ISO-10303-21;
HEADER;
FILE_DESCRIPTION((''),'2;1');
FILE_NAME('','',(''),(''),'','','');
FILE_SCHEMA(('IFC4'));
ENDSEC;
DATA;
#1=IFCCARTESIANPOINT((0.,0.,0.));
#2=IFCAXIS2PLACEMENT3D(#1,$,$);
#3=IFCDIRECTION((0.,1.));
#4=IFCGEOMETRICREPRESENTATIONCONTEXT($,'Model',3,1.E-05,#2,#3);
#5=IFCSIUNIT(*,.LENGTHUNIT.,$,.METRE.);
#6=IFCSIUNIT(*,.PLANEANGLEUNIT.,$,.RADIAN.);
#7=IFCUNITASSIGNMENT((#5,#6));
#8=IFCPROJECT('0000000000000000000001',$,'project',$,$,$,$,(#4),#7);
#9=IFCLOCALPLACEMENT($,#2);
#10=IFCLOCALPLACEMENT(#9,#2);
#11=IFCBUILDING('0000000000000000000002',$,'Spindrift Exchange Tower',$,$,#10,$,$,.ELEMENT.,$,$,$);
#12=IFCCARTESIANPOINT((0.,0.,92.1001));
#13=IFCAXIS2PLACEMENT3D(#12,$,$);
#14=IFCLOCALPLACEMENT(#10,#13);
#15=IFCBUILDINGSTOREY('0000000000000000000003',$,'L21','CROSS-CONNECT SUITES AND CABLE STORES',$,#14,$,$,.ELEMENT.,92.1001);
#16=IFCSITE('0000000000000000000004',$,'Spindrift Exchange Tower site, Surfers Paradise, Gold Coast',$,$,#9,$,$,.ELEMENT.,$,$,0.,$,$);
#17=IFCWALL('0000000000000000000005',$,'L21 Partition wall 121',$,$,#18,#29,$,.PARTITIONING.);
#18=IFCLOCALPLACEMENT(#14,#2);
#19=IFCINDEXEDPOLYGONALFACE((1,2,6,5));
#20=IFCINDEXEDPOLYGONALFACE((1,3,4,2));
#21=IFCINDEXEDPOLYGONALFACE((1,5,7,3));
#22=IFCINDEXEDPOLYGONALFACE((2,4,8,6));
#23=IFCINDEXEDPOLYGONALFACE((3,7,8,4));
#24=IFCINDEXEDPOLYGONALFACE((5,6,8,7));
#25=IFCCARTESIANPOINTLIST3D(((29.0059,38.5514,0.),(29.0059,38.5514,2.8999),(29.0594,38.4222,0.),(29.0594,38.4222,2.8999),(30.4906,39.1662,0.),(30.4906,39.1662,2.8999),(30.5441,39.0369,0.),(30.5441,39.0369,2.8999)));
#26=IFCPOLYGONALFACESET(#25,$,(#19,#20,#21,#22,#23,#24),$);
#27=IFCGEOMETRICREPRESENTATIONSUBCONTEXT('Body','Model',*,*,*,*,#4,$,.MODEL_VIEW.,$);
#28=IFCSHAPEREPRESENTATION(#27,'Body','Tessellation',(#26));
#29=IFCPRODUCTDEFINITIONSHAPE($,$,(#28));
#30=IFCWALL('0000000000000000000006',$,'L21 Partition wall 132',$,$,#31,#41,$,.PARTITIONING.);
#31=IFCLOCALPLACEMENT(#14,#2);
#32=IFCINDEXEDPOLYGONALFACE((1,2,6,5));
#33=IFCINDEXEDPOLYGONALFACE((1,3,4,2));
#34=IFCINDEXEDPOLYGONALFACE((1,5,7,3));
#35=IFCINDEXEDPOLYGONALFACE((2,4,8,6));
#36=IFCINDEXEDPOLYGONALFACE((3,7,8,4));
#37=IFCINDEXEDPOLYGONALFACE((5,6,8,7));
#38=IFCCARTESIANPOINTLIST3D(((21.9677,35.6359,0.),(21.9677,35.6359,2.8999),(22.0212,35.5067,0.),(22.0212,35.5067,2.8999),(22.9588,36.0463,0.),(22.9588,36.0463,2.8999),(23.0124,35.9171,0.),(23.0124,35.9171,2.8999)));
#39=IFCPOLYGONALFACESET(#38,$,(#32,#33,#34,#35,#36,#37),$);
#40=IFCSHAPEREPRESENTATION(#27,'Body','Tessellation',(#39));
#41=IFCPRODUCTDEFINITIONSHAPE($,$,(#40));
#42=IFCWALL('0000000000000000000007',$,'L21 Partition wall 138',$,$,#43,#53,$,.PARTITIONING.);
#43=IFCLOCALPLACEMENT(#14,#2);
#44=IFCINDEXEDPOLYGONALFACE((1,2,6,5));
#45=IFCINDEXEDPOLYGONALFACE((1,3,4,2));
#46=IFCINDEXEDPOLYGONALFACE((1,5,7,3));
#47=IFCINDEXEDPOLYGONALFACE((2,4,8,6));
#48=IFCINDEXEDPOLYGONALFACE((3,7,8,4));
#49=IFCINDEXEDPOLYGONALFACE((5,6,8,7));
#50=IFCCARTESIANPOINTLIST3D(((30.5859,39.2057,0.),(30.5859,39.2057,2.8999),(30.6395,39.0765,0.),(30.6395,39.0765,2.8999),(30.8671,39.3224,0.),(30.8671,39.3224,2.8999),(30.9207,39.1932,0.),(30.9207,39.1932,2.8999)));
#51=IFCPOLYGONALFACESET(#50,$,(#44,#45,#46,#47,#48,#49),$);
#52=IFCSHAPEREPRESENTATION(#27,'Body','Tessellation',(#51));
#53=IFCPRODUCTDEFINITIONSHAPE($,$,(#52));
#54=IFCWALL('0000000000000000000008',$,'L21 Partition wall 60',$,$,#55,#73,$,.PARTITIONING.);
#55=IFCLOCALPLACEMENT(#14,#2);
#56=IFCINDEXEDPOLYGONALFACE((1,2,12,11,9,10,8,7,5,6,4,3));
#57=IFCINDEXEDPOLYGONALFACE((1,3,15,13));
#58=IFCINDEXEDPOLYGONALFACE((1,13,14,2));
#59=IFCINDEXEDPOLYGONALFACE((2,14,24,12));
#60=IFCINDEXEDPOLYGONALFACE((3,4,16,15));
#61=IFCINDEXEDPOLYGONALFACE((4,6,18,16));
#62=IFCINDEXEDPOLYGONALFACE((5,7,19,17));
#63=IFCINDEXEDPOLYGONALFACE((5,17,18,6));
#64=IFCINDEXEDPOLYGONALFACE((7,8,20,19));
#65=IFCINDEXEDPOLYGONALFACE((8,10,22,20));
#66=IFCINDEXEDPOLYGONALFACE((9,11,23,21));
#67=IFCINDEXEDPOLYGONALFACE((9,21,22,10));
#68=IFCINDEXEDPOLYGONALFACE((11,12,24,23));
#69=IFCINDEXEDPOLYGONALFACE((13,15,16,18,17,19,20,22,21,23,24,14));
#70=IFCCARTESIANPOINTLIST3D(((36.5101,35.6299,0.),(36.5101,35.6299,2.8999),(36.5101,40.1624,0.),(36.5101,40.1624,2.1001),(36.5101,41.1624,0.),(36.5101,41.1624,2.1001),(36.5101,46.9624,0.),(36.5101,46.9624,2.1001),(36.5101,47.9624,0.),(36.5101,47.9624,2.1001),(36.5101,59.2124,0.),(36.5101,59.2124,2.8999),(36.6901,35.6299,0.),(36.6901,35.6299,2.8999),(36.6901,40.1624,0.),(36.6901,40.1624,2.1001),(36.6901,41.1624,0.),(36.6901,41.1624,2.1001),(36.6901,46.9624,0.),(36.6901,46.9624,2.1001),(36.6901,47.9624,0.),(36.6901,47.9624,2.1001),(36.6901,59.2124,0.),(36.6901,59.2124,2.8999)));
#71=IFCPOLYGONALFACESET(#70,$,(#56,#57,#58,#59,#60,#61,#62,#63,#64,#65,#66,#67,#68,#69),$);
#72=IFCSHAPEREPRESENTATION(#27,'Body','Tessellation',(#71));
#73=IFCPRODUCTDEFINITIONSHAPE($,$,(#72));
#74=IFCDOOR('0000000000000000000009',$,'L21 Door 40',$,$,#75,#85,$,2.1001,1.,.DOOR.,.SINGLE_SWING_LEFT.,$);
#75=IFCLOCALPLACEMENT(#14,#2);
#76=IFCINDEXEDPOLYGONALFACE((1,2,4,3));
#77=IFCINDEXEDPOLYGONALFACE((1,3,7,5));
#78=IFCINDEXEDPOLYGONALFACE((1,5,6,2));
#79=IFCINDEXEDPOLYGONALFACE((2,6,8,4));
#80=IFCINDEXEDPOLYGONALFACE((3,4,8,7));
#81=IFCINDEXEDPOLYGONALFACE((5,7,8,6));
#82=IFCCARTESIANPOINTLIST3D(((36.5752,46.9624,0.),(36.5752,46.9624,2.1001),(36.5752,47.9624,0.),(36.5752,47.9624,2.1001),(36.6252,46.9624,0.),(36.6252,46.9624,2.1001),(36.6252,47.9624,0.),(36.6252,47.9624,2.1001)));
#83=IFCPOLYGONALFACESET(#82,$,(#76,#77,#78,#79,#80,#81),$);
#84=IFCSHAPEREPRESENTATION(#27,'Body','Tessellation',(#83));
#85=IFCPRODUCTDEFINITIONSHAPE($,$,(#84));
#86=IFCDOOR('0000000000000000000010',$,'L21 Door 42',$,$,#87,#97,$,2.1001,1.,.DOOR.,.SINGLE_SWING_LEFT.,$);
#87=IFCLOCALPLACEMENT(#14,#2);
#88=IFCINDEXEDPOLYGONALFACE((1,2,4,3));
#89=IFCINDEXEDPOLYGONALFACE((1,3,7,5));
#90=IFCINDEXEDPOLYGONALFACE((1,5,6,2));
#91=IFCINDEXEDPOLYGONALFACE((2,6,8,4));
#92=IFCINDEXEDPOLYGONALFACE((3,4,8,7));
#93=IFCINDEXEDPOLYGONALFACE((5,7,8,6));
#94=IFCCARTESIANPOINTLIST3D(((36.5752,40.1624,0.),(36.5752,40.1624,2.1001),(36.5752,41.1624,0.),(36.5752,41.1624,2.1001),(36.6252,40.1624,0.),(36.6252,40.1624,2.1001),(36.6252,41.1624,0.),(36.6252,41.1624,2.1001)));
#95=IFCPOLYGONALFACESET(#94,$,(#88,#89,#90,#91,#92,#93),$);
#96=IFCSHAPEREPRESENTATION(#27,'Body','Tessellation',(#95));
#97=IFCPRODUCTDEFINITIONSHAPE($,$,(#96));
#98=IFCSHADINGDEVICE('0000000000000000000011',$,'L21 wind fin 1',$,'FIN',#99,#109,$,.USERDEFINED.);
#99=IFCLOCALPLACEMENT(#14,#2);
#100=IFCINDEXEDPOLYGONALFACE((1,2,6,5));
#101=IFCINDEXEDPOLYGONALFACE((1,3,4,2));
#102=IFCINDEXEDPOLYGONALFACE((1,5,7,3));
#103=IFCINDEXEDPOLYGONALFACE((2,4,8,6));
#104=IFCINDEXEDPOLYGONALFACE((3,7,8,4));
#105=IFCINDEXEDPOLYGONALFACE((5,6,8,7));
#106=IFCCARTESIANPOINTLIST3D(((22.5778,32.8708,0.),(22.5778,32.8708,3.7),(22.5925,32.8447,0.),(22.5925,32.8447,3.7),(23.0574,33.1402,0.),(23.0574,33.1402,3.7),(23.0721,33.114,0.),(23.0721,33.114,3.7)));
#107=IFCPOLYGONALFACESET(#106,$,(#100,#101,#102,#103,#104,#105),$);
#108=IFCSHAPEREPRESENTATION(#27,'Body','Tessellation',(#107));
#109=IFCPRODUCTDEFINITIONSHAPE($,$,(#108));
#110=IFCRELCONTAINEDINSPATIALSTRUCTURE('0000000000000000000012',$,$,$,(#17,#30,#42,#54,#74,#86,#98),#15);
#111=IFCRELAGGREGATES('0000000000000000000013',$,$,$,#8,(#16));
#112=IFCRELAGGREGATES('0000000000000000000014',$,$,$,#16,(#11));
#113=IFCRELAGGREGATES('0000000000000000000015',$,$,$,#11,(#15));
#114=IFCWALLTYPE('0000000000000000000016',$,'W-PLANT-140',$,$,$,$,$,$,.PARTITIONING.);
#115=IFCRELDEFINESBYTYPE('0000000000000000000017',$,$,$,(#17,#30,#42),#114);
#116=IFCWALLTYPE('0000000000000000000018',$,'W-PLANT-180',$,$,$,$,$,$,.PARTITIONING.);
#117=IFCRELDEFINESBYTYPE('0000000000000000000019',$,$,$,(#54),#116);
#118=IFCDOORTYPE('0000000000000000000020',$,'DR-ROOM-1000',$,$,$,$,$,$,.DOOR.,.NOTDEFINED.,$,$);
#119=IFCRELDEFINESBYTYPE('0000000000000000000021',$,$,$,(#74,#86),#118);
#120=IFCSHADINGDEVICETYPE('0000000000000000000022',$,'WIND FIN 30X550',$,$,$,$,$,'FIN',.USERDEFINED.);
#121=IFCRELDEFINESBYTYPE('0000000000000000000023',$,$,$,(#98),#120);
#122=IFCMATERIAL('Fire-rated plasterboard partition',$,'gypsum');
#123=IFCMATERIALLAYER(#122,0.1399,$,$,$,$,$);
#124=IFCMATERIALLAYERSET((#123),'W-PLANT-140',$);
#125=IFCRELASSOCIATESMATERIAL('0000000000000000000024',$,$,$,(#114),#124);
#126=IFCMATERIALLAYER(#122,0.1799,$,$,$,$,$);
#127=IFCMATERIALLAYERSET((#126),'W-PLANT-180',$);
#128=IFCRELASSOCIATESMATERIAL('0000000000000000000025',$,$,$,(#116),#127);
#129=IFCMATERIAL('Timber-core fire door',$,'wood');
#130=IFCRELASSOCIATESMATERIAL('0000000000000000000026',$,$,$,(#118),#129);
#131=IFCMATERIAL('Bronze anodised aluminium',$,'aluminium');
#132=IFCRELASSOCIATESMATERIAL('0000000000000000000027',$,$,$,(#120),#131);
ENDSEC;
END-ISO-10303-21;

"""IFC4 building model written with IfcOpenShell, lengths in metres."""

from ifc_helpers import new_model, si_unit, direction, frame, frame_2d, origin, origin_2d, place, context, subcontext, project, spatial, rectangle, extrude, source, transform, mapped, material, layer, layer_set, material_profile, profile_set, type_object, element, fill, save


model = new_model("IFC4")

# Units and contexts
model_context = context("Model", 3, precision=1e-05, world=origin(), true_north=direction((0.0, 1.0)))
body_context = subcontext(model_context, "Body", "Model", "MODEL_VIEW")
ifc_project = project(units=[si_unit("LENGTHUNIT", "METRE"), si_unit("PLANEANGLEUNIT", "RADIAN")], contexts=[model_context])

# Site, building, storey
site_placement = place(None, origin())
site = spatial("IfcSite", under=ifc_project, at=site_placement, Name="Spindrift Exchange Tower site, Surfers Paradise, Gold Coast", CompositionType="ELEMENT", RefElevation=0.0)
building_placement = place(site_placement, origin())
building = spatial("IfcBuilding", under=site, at=building_placement, Name="Spindrift Exchange Tower", CompositionType="ELEMENT")
storey_placement = place(building_placement, frame((0.0, 0.0, 92.1001)))
storey = spatial("IfcBuildingStorey", under=building, at=storey_placement, Name="L21", Description="CROSS-CONNECT SUITES AND CABLE STORES", CompositionType="ELEMENT", Elevation=92.1001)

# Shared definitions
ifc_material_1 = material(Name="Bronze anodised aluminium", Category="aluminium")

# Walls
ifc_material_2 = material(Name="Fire-rated plasterboard partition", Category="gypsum")
ifc_layer_1 = layer(ifc_material_2, 0.1399)
ifc_layer_set_1 = layer_set([ifc_layer_1], Name="W-PLANT-140")
wall_type_1 = type_object("IfcWallType", Name="W-PLANT-140", PredefinedType="PARTITIONING", material=ifc_layer_set_1)
wall_1_placement = place(storey_placement, frame((30.5173, 39.1016, 0.0), z_axis=(0.0, 0.0, 1.0), x_axis=(-0.923924, -0.382575, 0.0)))
element("IfcWall", 1, at=wall_1_placement, inside=storey, type_object=wall_type_1, Name="L21 Partition wall 121", PredefinedType="PARTITIONING", context=body_context, shape_type="SweptSolid", body=[
    extrude(rectangle(XDim=1.6069, YDim=0.1399, at=frame_2d((0.8035, 0.0))), origin(), (0.0, 0.0, 1.0), 2.8999),
])
wall_2_placement = place(storey_placement, frame((22.9856, 35.9817, 0.0), z_axis=(0.0, 0.0, 1.0), x_axis=(-0.923936, -0.382546, 0.0)))
element("IfcWall", 2, at=wall_2_placement, inside=storey, type_object=wall_type_1, Name="L21 Partition wall 132", PredefinedType="PARTITIONING", context=body_context, shape_type="SweptSolid", body=[
    extrude(rectangle(XDim=1.0728, YDim=0.1399, at=frame_2d((0.5364, 0.0))), origin(), (0.0, 0.0, 1.0), 2.8999),
])
wall_3_placement = place(storey_placement, frame((30.894, 39.2578, 0.0), z_axis=(0.0, 0.0, 1.0), x_axis=(-0.923645, -0.383249, 0.0)))
element("IfcWall", 3, at=wall_3_placement, inside=storey, type_object=wall_type_1, Name="L21 Partition wall 138", PredefinedType="PARTITIONING", context=body_context, shape_type="SweptSolid", body=[
    extrude(rectangle(XDim=0.3044, YDim=0.1399, at=frame_2d((0.1523, 0.0))), origin(), (0.0, 0.0, 1.0), 2.8999),
])

# Wall, openings, doors
ifc_layer_2 = layer(ifc_material_2, 0.1799)
ifc_layer_set_2 = layer_set([ifc_layer_2], Name="W-PLANT-180")
wall_type_2 = type_object("IfcWallType", Name="W-PLANT-180", PredefinedType="PARTITIONING", material=ifc_layer_set_2)
wall_4_placement = place(storey_placement, frame((36.6001, 35.6299, 0.0), z_axis=(0.0, 0.0, 1.0), x_axis=(0.0, 1.0, 0.0)))
wall_4 = element("IfcWall", 4, at=wall_4_placement, inside=storey, type_object=wall_type_2, Name="L21 Partition wall 60", PredefinedType="PARTITIONING", context=body_context, shape_type="SweptSolid", body=[
    extrude(rectangle(XDim=23.5825, YDim=0.1799, at=frame_2d((11.7913, 0.0))), origin(), (0.0, 0.0, 1.0), 2.8999),
])
opening_1_placement = place(wall_4_placement, frame((11.3325, 0.0, 0.0)))
opening_1 = element("IfcOpeningElement", 5, at=opening_1_placement, cuts=wall_4, PredefinedType="OPENING", context=body_context, shape_type="SweptSolid", body=[
    extrude(rectangle(XDim=1.0, YDim=2.1001, at=frame_2d((0.5, 1.05))), frame((0.0, 0.0999, 0.0), z_axis=(0.0, -1.0, 0.0), x_axis=(1.0, 0.0, 0.0)), (0.0, 0.0, 1.0), 0.2),
])
opening_2_placement = place(wall_4_placement, frame((4.5325, 0.0, 0.0)))
opening_2 = element("IfcOpeningElement", 6, at=opening_2_placement, cuts=wall_4, PredefinedType="OPENING", context=body_context, shape_type="SweptSolid", body=[
    extrude(rectangle(XDim=1.0, YDim=2.1001, at=frame_2d((0.5, 1.05))), frame((0.0, 0.0999, 0.0), z_axis=(0.0, -1.0, 0.0), x_axis=(1.0, 0.0, 0.0)), (0.0, 0.0, 1.0), 0.2),
])
ifc_material_3 = material(Name="Timber-core fire door", Category="wood")
door_type = type_object("IfcDoorType", Name="DR-ROOM-1000", OperationType="NOTDEFINED", PredefinedType="DOOR", material=ifc_material_3)
shared_shape_1 = source(origin(), body_context, "Body", "SweptSolid", [
    extrude(rectangle(XDim=1.0, YDim=2.1001, at=frame_2d((0.5, 1.05))), frame((0.0, 0.0249, 0.0), z_axis=(0.0, -1.0, 0.0), x_axis=(1.0, 0.0, 0.0)), (0.0, 0.0, 1.0), 0.05),
])
door_1_placement = place(opening_1_placement, origin())
door_1 = element("IfcDoor", 7, at=door_1_placement, inside=storey, type_object=door_type, Name="L21 Door 40", OperationType="SINGLE_SWING_LEFT", OverallHeight=2.1001, OverallWidth=1.0, PredefinedType="DOOR", context=body_context, shape_type="MappedRepresentation", body=[
    mapped(shared_shape_1, transform((0.0, 0.0, 0.0), scale=1.0)),
])
fill(opening_1, door_1)
door_2_placement = place(opening_2_placement, origin())
door_2 = element("IfcDoor", 8, at=door_2_placement, inside=storey, type_object=door_type, Name="L21 Door 42", OperationType="SINGLE_SWING_LEFT", OverallHeight=2.1001, OverallWidth=1.0, PredefinedType="DOOR", context=body_context, shape_type="MappedRepresentation", body=[
    mapped(shared_shape_1, transform((0.0, 0.0, 0.0), scale=1.0)),
])
fill(opening_2, door_2)

# Shading device
ifc_material_profile_1 = material_profile(ifc_material_1, rectangle(XDim=0.03, YDim=0.55, at=origin_2d()), Name="WIND FIN 30X550")
ifc_profile_set_1 = profile_set([ifc_material_profile_1], Name="Bronze anodised aluminium")
shading_device_type = type_object("IfcShadingDeviceType", Name="WIND FIN 30X550", ElementType="FIN", PredefinedType="USERDEFINED", material=ifc_profile_set_1)
shared_shape_2 = source(origin(), body_context, "Body", "SweptSolid", [
    extrude(rectangle(XDim=0.03, YDim=0.55, at=origin_2d()), origin(), (0.0, 0.0, 1.0), 3.7),
])
shading_device_placement = place(storey_placement, frame((22.825, 32.9924, 0.0), z_axis=(0.0, 0.0, 1.0), x_axis=(0.48974, -0.871868, 0.0)))
element("IfcShadingDevice", 9, at=shading_device_placement, inside=storey, type_object=shading_device_type, Name="L21 wind fin 1", ObjectType="FIN", PredefinedType="USERDEFINED", context=body_context, shape_type="MappedRepresentation", body=[
    mapped(shared_shape_2, transform((0.0, 0.0, 0.0), scale=1.0)),
])

save(model, "model.ifc")
